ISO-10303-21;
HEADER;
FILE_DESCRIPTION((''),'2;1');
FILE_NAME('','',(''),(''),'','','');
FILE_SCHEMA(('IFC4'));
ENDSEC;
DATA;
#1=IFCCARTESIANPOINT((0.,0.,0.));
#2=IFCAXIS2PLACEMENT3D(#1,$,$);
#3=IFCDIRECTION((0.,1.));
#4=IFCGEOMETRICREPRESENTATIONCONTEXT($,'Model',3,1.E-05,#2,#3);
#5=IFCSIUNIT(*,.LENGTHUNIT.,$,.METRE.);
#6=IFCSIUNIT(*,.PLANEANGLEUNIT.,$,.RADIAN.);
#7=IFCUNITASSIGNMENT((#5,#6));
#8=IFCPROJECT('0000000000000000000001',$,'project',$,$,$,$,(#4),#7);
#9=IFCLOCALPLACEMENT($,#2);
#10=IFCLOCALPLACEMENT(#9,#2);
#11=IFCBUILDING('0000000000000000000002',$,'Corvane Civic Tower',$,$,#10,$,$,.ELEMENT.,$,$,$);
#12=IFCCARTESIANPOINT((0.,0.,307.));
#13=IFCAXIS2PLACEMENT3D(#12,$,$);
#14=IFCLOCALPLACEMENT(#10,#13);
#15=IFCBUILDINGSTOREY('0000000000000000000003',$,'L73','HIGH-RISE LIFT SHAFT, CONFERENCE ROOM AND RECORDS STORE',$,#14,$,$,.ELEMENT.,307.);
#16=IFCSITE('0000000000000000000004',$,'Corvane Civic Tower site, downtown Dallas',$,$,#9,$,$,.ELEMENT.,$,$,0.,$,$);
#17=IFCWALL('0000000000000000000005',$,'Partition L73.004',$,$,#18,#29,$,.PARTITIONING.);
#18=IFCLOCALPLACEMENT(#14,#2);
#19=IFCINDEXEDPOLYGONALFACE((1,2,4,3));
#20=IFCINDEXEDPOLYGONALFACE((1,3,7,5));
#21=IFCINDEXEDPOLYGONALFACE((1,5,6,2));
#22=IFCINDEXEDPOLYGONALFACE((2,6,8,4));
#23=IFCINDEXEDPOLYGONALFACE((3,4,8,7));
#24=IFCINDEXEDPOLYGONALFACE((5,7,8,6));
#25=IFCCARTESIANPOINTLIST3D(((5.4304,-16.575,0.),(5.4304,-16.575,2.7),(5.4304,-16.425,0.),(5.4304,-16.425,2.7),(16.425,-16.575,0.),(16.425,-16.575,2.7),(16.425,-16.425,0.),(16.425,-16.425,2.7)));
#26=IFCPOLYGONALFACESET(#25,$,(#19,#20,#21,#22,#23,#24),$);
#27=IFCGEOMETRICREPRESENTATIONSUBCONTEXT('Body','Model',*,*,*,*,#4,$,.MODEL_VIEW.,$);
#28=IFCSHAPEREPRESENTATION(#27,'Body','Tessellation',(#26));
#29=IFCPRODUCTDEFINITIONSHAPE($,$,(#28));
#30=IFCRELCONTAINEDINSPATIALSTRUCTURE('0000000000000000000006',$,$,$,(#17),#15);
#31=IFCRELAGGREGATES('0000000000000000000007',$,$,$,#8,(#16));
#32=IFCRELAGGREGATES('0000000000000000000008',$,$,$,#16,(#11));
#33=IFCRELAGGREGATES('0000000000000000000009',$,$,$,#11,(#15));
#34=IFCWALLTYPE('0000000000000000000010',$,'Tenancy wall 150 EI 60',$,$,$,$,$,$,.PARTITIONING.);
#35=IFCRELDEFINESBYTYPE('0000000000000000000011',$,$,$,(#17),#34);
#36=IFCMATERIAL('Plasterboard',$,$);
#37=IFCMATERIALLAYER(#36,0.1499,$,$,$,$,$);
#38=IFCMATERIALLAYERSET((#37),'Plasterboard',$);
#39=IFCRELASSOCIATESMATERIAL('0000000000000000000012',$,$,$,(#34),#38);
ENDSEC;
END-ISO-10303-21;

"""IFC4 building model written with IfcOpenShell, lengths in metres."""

from ifc_helpers import new_model, si_unit, direction, frame, frame_2d, origin, place, context, subcontext, project, spatial, rectangle, extrude, material, layer, layer_set, type_object, element, save


model = new_model("IFC4")

# Units and contexts
model_context = context("Model", 3, precision=1e-05, world=origin(), true_north=direction((0.0, 1.0)))
body_context = subcontext(model_context, "Body", "Model", "MODEL_VIEW")
ifc_project = project(units=[si_unit("LENGTHUNIT", "METRE"), si_unit("PLANEANGLEUNIT", "RADIAN")], contexts=[model_context])

# Site, building, storey
site_placement = place(None, origin())
site = spatial("IfcSite", under=ifc_project, at=site_placement, Name="Corvane Civic Tower site, downtown Dallas", CompositionType="ELEMENT", RefElevation=0.0)
building_placement = place(site_placement, origin())
building = spatial("IfcBuilding", under=site, at=building_placement, Name="Corvane Civic Tower", CompositionType="ELEMENT")
storey_placement = place(building_placement, frame((0.0, 0.0, 307.0)))
storey = spatial("IfcBuildingStorey", under=building, at=storey_placement, Name="L73", Description="HIGH-RISE LIFT SHAFT, CONFERENCE ROOM AND RECORDS STORE", CompositionType="ELEMENT", Elevation=307.0)

# Wall
ifc_material_1 = material(Name="Plasterboard")
ifc_layer_1 = layer(ifc_material_1, 0.1499)
ifc_layer_set_1 = layer_set([ifc_layer_1], Name="Plasterboard")
wall_type_1 = type_object("IfcWallType", Name="Tenancy wall 150 EI 60", PredefinedType="PARTITIONING", material=ifc_layer_set_1)
wall_1_placement = place(storey_placement, frame((5.4304, -16.5, 0.0), z_axis=(0.0, 0.0, 1.0), x_axis=(1.0, 0.0, 0.0)))
element("IfcWall", 1, at=wall_1_placement, inside=storey, type_object=wall_type_1, Name="Partition L73.004", PredefinedType="PARTITIONING", context=body_context, shape_type="SweptSolid", body=[
    extrude(rectangle(XDim=10.9946, YDim=0.1499, at=frame_2d((5.4973, 0.0))), origin(), (0.0, 0.0, 1.0), 2.7),
])

save(model, "model.ifc")
